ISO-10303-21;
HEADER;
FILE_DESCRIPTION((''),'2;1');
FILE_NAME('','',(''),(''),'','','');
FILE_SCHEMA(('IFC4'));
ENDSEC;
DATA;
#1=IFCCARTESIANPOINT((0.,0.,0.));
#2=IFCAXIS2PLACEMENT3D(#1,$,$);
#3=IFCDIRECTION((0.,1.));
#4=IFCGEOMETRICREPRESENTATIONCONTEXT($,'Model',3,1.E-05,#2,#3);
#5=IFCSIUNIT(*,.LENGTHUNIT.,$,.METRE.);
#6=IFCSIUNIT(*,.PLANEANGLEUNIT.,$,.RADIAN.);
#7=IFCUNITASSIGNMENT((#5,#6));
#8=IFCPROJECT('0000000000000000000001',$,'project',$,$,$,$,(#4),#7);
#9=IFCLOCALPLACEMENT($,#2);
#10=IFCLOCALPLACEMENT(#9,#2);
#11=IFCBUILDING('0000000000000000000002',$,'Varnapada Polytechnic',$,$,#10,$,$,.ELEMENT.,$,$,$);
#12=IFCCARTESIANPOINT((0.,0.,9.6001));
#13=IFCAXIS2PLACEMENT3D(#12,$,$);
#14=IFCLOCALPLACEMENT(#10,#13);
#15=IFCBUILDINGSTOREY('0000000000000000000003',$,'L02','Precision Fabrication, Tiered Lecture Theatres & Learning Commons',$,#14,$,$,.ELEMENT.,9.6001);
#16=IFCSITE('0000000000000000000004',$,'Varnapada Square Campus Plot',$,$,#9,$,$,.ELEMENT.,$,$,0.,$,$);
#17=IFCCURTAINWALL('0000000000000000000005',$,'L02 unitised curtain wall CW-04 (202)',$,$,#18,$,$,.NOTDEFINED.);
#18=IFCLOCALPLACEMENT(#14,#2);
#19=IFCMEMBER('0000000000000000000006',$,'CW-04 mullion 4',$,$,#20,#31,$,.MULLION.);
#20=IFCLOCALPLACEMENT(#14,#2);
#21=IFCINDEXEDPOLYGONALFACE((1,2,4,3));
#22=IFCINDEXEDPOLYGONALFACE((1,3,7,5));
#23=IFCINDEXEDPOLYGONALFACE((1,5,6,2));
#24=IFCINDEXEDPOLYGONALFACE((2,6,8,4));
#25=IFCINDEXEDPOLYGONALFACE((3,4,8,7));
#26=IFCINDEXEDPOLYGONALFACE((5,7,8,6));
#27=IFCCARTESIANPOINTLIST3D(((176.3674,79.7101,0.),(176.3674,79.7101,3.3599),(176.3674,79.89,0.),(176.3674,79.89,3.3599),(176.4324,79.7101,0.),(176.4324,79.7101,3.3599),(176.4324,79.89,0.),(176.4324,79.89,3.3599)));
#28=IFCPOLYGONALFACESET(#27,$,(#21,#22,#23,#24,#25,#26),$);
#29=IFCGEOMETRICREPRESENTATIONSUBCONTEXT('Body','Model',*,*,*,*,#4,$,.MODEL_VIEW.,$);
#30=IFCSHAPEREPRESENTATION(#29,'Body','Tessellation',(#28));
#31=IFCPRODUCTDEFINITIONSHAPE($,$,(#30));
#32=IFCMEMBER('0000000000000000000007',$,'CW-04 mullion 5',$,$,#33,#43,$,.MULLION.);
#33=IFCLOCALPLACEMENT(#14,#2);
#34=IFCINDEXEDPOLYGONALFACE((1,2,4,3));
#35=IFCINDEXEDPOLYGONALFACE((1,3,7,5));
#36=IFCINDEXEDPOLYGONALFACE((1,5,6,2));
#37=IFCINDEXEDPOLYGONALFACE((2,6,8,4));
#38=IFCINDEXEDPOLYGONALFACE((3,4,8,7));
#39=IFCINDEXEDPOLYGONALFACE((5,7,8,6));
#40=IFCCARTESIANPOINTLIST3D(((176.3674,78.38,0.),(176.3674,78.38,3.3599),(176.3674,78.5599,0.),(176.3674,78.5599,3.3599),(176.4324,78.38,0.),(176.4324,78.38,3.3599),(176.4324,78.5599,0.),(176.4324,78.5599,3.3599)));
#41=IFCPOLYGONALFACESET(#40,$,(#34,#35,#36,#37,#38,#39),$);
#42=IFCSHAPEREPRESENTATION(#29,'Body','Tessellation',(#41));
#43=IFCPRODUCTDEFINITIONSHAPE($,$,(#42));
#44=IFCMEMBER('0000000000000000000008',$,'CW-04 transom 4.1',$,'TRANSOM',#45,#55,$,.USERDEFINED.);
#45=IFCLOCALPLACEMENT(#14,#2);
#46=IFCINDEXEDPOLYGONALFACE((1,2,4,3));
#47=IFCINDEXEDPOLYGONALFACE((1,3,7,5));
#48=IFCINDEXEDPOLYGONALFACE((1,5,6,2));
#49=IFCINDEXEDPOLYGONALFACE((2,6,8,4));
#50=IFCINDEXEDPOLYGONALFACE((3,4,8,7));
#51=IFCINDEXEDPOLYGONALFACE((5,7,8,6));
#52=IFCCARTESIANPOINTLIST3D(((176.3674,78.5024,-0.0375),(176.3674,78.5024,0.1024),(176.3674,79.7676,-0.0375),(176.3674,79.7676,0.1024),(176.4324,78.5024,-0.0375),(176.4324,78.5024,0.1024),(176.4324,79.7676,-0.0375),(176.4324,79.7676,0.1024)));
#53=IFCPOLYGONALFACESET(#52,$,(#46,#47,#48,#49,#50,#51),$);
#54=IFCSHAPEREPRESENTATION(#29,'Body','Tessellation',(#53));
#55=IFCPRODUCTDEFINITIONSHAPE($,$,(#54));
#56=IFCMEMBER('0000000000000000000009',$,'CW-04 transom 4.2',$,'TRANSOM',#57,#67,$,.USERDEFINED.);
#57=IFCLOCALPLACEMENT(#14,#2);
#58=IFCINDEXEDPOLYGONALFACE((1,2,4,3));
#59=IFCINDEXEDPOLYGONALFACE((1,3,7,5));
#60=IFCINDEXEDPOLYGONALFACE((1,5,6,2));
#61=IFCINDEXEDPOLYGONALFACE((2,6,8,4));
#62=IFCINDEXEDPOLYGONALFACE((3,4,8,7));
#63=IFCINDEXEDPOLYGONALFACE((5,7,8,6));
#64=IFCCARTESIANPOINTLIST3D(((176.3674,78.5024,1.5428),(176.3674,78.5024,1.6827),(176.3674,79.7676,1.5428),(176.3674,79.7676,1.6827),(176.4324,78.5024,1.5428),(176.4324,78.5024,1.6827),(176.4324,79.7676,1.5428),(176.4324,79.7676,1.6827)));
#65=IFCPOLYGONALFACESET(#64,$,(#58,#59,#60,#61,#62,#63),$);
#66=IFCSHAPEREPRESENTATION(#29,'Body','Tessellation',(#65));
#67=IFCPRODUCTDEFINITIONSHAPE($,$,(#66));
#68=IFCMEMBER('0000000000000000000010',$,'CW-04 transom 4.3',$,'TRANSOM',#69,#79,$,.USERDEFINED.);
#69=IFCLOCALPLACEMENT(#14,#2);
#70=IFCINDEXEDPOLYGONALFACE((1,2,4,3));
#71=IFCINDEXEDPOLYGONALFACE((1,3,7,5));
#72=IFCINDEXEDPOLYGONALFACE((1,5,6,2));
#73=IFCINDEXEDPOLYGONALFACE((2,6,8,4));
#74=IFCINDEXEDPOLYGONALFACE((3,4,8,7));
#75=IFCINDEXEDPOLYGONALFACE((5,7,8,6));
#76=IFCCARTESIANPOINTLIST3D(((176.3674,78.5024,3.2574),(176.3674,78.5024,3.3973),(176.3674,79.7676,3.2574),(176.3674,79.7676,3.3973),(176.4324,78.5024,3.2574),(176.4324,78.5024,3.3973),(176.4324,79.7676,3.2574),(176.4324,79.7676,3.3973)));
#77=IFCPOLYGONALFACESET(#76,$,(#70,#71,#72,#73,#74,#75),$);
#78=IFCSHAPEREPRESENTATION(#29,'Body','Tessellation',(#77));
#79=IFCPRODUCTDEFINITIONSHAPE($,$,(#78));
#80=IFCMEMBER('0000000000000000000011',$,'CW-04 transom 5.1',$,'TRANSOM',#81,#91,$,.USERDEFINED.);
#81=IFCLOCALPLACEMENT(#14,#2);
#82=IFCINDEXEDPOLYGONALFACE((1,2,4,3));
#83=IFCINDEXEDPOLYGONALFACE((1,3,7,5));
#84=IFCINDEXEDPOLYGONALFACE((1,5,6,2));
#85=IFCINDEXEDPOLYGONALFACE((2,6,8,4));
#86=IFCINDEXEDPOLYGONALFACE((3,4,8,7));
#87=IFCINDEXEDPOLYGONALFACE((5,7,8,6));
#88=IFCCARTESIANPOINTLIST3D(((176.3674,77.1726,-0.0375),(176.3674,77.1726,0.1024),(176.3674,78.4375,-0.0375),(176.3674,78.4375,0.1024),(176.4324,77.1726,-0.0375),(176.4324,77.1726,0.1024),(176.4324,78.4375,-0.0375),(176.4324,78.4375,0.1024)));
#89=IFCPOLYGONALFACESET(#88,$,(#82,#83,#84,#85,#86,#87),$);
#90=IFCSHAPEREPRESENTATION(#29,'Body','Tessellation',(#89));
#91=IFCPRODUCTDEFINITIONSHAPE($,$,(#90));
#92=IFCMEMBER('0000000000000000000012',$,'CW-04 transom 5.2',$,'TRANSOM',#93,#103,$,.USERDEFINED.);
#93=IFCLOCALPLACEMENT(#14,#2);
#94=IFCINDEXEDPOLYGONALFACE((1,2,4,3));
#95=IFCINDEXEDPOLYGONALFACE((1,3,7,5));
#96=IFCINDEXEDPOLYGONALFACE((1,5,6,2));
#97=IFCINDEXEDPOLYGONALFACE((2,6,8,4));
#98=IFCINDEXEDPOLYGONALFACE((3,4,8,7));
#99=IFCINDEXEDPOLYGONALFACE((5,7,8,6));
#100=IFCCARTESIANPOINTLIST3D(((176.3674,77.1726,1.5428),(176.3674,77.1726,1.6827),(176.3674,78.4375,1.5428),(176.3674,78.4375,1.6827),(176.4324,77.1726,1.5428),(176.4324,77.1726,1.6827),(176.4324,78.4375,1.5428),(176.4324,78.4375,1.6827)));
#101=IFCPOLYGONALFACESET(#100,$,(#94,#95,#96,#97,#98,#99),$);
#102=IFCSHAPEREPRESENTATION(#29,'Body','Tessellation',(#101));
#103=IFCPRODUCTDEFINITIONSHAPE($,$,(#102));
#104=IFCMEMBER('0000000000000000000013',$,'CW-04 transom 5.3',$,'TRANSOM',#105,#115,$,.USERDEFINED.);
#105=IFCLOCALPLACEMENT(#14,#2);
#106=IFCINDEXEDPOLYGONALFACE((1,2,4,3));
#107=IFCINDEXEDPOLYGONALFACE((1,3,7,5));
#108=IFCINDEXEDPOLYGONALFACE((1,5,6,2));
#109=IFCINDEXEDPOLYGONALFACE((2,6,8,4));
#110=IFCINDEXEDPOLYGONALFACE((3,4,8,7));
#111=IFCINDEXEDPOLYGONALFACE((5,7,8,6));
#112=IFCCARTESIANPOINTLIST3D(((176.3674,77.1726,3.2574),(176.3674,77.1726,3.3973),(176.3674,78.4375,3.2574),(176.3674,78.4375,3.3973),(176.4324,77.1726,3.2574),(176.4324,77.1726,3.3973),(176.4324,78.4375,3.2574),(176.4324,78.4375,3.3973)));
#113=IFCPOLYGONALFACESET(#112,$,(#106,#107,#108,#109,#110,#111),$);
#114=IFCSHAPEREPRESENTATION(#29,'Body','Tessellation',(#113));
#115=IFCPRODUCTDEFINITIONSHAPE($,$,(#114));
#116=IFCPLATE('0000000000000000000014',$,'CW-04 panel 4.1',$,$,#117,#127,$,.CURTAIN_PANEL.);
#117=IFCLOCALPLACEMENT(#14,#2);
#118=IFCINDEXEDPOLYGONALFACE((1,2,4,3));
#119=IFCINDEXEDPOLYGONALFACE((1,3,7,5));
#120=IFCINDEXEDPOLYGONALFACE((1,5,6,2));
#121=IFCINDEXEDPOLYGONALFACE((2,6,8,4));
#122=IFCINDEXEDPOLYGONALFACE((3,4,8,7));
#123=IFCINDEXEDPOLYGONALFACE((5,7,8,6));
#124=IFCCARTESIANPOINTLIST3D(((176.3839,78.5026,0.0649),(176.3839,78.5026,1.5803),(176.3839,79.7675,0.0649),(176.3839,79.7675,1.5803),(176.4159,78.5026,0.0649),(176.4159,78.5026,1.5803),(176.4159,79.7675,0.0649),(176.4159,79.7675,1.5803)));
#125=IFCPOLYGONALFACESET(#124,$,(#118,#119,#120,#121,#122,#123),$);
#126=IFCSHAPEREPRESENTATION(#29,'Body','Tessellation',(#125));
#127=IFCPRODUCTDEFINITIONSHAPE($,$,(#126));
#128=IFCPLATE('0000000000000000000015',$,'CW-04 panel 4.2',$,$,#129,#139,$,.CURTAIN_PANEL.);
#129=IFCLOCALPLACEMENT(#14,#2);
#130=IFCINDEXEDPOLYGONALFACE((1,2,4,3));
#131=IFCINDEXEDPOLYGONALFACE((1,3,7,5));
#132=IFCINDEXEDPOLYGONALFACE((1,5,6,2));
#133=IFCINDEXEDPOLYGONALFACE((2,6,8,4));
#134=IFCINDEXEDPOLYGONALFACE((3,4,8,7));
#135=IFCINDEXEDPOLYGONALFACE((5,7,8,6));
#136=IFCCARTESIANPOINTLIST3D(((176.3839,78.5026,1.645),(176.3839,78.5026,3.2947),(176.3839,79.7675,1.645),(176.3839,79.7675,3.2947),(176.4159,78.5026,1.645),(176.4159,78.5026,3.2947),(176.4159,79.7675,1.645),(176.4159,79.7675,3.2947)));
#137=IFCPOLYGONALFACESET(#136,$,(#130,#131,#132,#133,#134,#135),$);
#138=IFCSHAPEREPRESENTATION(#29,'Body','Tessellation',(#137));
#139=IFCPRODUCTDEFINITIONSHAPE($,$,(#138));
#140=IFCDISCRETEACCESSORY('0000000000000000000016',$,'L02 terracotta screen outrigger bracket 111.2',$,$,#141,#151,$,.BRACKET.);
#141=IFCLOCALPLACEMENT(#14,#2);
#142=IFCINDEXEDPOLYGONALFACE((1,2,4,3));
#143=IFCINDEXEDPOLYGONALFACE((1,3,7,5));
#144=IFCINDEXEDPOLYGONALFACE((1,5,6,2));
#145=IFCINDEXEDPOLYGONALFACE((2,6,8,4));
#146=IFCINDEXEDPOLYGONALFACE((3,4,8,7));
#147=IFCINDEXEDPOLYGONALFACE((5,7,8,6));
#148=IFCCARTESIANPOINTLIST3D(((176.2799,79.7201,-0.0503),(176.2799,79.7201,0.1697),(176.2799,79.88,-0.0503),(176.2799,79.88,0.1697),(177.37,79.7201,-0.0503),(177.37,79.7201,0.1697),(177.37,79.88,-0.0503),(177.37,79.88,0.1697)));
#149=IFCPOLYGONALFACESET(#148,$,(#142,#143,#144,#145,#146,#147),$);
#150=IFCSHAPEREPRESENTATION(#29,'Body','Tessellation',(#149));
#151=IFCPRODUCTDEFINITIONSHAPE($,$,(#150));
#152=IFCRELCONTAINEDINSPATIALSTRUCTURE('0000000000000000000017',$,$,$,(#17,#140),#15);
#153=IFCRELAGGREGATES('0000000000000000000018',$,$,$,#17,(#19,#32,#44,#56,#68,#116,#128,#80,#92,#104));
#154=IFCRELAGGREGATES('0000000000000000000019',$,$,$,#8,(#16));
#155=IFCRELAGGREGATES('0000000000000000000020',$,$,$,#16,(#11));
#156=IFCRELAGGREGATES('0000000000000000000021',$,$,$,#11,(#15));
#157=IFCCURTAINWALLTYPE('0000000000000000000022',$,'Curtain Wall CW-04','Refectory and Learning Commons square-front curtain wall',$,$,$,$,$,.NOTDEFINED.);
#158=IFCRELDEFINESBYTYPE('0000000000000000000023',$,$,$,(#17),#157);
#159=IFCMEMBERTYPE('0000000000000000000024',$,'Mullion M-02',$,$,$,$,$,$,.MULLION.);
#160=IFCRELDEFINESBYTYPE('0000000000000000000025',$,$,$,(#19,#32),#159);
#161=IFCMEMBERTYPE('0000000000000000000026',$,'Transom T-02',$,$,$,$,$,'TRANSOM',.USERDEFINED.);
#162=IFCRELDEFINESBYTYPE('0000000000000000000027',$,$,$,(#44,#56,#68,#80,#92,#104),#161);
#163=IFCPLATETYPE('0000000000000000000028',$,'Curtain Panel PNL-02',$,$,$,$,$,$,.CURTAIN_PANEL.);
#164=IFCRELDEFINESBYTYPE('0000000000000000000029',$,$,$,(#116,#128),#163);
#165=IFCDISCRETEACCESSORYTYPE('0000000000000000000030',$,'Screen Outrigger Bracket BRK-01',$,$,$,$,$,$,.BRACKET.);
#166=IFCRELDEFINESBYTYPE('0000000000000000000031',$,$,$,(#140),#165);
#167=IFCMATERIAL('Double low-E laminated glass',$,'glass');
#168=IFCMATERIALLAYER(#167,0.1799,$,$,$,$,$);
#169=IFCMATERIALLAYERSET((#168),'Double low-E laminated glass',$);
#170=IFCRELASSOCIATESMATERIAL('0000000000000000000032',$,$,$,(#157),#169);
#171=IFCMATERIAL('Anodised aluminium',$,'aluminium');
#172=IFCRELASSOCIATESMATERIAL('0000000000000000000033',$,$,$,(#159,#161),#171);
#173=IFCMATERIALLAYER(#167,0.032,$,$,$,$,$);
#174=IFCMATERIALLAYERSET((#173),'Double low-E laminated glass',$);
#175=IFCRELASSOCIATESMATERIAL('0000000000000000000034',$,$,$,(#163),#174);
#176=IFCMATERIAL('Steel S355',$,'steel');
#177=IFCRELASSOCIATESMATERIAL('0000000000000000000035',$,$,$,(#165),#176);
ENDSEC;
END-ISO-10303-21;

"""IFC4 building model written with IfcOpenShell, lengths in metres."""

from ifc_helpers import new_model, si_unit, direction, frame, origin, origin_2d, place, context, subcontext, project, spatial, rectangle, extrude, material, layer, layer_set, material_profile, profile_set, type_object, element, aggregate, save


model = new_model("IFC4")

# Units and contexts
model_context = context("Model", 3, precision=1e-05, world=origin(), true_north=direction((0.0, 1.0)))
body_context = subcontext(model_context, "Body", "Model", "MODEL_VIEW")
ifc_project = project(units=[si_unit("LENGTHUNIT", "METRE"), si_unit("PLANEANGLEUNIT", "RADIAN")], contexts=[model_context])

# Site, building, storey
site_placement = place(None, origin())
site = spatial("IfcSite", under=ifc_project, at=site_placement, Name="Varnapada Square Campus Plot", CompositionType="ELEMENT", RefElevation=0.0)
building_placement = place(site_placement, origin())
building = spatial("IfcBuilding", under=site, at=building_placement, Name="Varnapada Polytechnic", CompositionType="ELEMENT")
storey_placement = place(building_placement, frame((0.0, 0.0, 9.6001)))
storey = spatial("IfcBuildingStorey", under=building, at=storey_placement, Name="L02", Description="Precision Fabrication, Tiered Lecture Theatres & Learning Commons", CompositionType="ELEMENT", Elevation=9.6001)

# Curtain wall, members, plates
ifc_material_1 = material(Name="Double low-E laminated glass", Category="glass")
ifc_layer_1 = layer(ifc_material_1, 0.1799)
ifc_layer_set_1 = layer_set([ifc_layer_1], Name="Double low-E laminated glass")
curtain_wall_type = type_object("IfcCurtainWallType", Name="Curtain Wall CW-04", Description="Refectory and Learning Commons square-front curtain wall", PredefinedType="NOTDEFINED", material=ifc_layer_set_1)
curtain_wall_placement = place(storey_placement, origin())
curtain_wall = element("IfcCurtainWall", 1, at=curtain_wall_placement, inside=storey, type_object=curtain_wall_type, Name="L02 unitised curtain wall CW-04 (202)", PredefinedType="NOTDEFINED")
ifc_material_2 = material(Name="Anodised aluminium", Category="aluminium")
ifc_material_profile_1 = material_profile(ifc_material_2, rectangle(XDim=0.0649, YDim=0.1799, at=origin_2d()), Name="ALU M65x180")
ifc_profile_set_1 = profile_set([ifc_material_profile_1], Name="Anodised aluminium")
member_type_1 = type_object("IfcMemberType", Name="Mullion M-02", PredefinedType="MULLION", material=ifc_profile_set_1)
member_1_placement = place(storey_placement, frame((176.3999, 79.8, 0.0), z_axis=(0.0, 0.0, 1.0), x_axis=(1.0, 0.0, 0.0)))
member_1 = element("IfcMember", 2, at=member_1_placement, type_object=member_type_1, Name="CW-04 mullion 4", PredefinedType="MULLION", context=body_context, shape_type="SweptSolid", body=[
    extrude(rectangle(XDim=0.0649, YDim=0.1799, at=origin_2d()), origin(), (0.0, 0.0, 1.0), 3.3599),
])
member_2_placement = place(storey_placement, frame((176.3999, 78.47, 0.0), z_axis=(0.0, 0.0, 1.0), x_axis=(1.0, 0.0, 0.0)))
member_2 = element("IfcMember", 3, at=member_2_placement, type_object=member_type_1, Name="CW-04 mullion 5", PredefinedType="MULLION", context=body_context, shape_type="SweptSolid", body=[
    extrude(rectangle(XDim=0.0649, YDim=0.1799, at=origin_2d()), origin(), (0.0, 0.0, 1.0), 3.3599),
])
ifc_material_profile_2 = material_profile(ifc_material_2, rectangle(XDim=0.0649, YDim=0.1399, at=origin_2d()), Name="ALU T65x140")
ifc_profile_set_2 = profile_set([ifc_material_profile_2], Name="Anodised aluminium")
member_type_2 = type_object("IfcMemberType", Name="Transom T-02", ElementType="TRANSOM", PredefinedType="USERDEFINED", material=ifc_profile_set_2)
member_3_placement = place(storey_placement, frame((176.3999, 79.7676, 0.0325), z_axis=(0.0, -1.0, 0.0), x_axis=(1.0, 0.0, 0.0)))
member_3 = element("IfcMember", 4, at=member_3_placement, type_object=member_type_2, Name="CW-04 transom 4.1", ObjectType="TRANSOM", PredefinedType="USERDEFINED", context=body_context, shape_type="SweptSolid", body=[
    extrude(rectangle(XDim=0.0649, YDim=0.1399, at=origin_2d()), origin(), (0.0, 0.0, 1.0), 1.2651),
])
member_4_placement = place(storey_placement, frame((176.3999, 79.7676, 1.6128), z_axis=(0.0, -1.0, 0.0), x_axis=(1.0, 0.0, 0.0)))
member_4 = element("IfcMember", 5, at=member_4_placement, type_object=member_type_2, Name="CW-04 transom 4.2", ObjectType="TRANSOM", PredefinedType="USERDEFINED", context=body_context, shape_type="SweptSolid", body=[
    extrude(rectangle(XDim=0.0649, YDim=0.1399, at=origin_2d()), origin(), (0.0, 0.0, 1.0), 1.2651),
])
member_5_placement = place(storey_placement, frame((176.3999, 79.7676, 3.3274), z_axis=(0.0, -1.0, 0.0), x_axis=(1.0, 0.0, 0.0)))
member_5 = element("IfcMember", 6, at=member_5_placement, type_object=member_type_2, Name="CW-04 transom 4.3", ObjectType="TRANSOM", PredefinedType="USERDEFINED", context=body_context, shape_type="SweptSolid", body=[
    extrude(rectangle(XDim=0.0649, YDim=0.1399, at=origin_2d()), origin(), (0.0, 0.0, 1.0), 1.2651),
])
member_6_placement = place(storey_placement, frame((176.3999, 78.4375, 0.0325), z_axis=(0.0, -1.0, 0.0), x_axis=(1.0, 0.0, 0.0)))
member_6 = element("IfcMember", 7, at=member_6_placement, type_object=member_type_2, Name="CW-04 transom 5.1", ObjectType="TRANSOM", PredefinedType="USERDEFINED", context=body_context, shape_type="SweptSolid", body=[
    extrude(rectangle(XDim=0.0649, YDim=0.1399, at=origin_2d()), origin(), (0.0, 0.0, 1.0), 1.2649),
])
member_7_placement = place(storey_placement, frame((176.3999, 78.4375, 1.6128), z_axis=(0.0, -1.0, 0.0), x_axis=(1.0, 0.0, 0.0)))
member_7 = element("IfcMember", 8, at=member_7_placement, type_object=member_type_2, Name="CW-04 transom 5.2", ObjectType="TRANSOM", PredefinedType="USERDEFINED", context=body_context, shape_type="SweptSolid", body=[
    extrude(rectangle(XDim=0.0649, YDim=0.1399, at=origin_2d()), origin(), (0.0, 0.0, 1.0), 1.2649),
])
member_8_placement = place(storey_placement, frame((176.3999, 78.4375, 3.3274), z_axis=(0.0, -1.0, 0.0), x_axis=(1.0, 0.0, 0.0)))
member_8 = element("IfcMember", 9, at=member_8_placement, type_object=member_type_2, Name="CW-04 transom 5.3", ObjectType="TRANSOM", PredefinedType="USERDEFINED", context=body_context, shape_type="SweptSolid", body=[
    extrude(rectangle(XDim=0.0649, YDim=0.1399, at=origin_2d()), origin(), (0.0, 0.0, 1.0), 1.2649),
])
ifc_layer_2 = layer(ifc_material_1, 0.032)
ifc_layer_set_2 = layer_set([ifc_layer_2], Name="Double low-E laminated glass")
plate_type = type_object("IfcPlateType", Name="Curtain Panel PNL-02", PredefinedType="CURTAIN_PANEL", material=ifc_layer_set_2)
plate_1_placement = place(storey_placement, frame((176.3999, 79.135, 0.0649), z_axis=(0.0, 0.0, 1.0), x_axis=(0.0, -1.0, 0.0)))
plate_1 = element("IfcPlate", 10, at=plate_1_placement, type_object=plate_type, Name="CW-04 panel 4.1", PredefinedType="CURTAIN_PANEL", context=body_context, shape_type="SweptSolid", body=[
    extrude(rectangle(XDim=1.2649, YDim=0.032, at=origin_2d()), origin(), (0.0, 0.0, 1.0), 1.5154),
])
plate_2_placement = place(storey_placement, frame((176.3999, 79.135, 1.645), z_axis=(0.0, 0.0, 1.0), x_axis=(0.0, -1.0, 0.0)))
plate_2 = element("IfcPlate", 11, at=plate_2_placement, type_object=plate_type, Name="CW-04 panel 4.2", PredefinedType="CURTAIN_PANEL", context=body_context, shape_type="SweptSolid", body=[
    extrude(rectangle(XDim=1.2649, YDim=0.032, at=origin_2d()), origin(), (0.0, 0.0, 1.0), 1.6497),
])
aggregate(curtain_wall, [member_1, member_2, member_3, member_4, member_5, plate_1, plate_2, member_6, member_7, member_8])

# Discrete accessory
ifc_material_3 = material(Name="Steel S355", Category="steel")
discrete_accessory_type = type_object("IfcDiscreteAccessoryType", Name="Screen Outrigger Bracket BRK-01", PredefinedType="BRACKET", material=ifc_material_3)
discrete_accessory_placement = place(storey_placement, frame((176.825, 79.8, -0.0503), z_axis=(0.0, 0.0, 1.0), x_axis=(0.0, -1.0, 0.0)))
element("IfcDiscreteAccessory", 12, at=discrete_accessory_placement, inside=storey, type_object=discrete_accessory_type, Name="L02 terracotta screen outrigger bracket 111.2", PredefinedType="BRACKET", context=body_context, shape_type="SweptSolid", body=[
    extrude(rectangle(XDim=0.1599, YDim=1.0901, at=origin_2d()), origin(), (0.0, 0.0, 1.0), 0.22),
])

save(model, "model.ifc")
